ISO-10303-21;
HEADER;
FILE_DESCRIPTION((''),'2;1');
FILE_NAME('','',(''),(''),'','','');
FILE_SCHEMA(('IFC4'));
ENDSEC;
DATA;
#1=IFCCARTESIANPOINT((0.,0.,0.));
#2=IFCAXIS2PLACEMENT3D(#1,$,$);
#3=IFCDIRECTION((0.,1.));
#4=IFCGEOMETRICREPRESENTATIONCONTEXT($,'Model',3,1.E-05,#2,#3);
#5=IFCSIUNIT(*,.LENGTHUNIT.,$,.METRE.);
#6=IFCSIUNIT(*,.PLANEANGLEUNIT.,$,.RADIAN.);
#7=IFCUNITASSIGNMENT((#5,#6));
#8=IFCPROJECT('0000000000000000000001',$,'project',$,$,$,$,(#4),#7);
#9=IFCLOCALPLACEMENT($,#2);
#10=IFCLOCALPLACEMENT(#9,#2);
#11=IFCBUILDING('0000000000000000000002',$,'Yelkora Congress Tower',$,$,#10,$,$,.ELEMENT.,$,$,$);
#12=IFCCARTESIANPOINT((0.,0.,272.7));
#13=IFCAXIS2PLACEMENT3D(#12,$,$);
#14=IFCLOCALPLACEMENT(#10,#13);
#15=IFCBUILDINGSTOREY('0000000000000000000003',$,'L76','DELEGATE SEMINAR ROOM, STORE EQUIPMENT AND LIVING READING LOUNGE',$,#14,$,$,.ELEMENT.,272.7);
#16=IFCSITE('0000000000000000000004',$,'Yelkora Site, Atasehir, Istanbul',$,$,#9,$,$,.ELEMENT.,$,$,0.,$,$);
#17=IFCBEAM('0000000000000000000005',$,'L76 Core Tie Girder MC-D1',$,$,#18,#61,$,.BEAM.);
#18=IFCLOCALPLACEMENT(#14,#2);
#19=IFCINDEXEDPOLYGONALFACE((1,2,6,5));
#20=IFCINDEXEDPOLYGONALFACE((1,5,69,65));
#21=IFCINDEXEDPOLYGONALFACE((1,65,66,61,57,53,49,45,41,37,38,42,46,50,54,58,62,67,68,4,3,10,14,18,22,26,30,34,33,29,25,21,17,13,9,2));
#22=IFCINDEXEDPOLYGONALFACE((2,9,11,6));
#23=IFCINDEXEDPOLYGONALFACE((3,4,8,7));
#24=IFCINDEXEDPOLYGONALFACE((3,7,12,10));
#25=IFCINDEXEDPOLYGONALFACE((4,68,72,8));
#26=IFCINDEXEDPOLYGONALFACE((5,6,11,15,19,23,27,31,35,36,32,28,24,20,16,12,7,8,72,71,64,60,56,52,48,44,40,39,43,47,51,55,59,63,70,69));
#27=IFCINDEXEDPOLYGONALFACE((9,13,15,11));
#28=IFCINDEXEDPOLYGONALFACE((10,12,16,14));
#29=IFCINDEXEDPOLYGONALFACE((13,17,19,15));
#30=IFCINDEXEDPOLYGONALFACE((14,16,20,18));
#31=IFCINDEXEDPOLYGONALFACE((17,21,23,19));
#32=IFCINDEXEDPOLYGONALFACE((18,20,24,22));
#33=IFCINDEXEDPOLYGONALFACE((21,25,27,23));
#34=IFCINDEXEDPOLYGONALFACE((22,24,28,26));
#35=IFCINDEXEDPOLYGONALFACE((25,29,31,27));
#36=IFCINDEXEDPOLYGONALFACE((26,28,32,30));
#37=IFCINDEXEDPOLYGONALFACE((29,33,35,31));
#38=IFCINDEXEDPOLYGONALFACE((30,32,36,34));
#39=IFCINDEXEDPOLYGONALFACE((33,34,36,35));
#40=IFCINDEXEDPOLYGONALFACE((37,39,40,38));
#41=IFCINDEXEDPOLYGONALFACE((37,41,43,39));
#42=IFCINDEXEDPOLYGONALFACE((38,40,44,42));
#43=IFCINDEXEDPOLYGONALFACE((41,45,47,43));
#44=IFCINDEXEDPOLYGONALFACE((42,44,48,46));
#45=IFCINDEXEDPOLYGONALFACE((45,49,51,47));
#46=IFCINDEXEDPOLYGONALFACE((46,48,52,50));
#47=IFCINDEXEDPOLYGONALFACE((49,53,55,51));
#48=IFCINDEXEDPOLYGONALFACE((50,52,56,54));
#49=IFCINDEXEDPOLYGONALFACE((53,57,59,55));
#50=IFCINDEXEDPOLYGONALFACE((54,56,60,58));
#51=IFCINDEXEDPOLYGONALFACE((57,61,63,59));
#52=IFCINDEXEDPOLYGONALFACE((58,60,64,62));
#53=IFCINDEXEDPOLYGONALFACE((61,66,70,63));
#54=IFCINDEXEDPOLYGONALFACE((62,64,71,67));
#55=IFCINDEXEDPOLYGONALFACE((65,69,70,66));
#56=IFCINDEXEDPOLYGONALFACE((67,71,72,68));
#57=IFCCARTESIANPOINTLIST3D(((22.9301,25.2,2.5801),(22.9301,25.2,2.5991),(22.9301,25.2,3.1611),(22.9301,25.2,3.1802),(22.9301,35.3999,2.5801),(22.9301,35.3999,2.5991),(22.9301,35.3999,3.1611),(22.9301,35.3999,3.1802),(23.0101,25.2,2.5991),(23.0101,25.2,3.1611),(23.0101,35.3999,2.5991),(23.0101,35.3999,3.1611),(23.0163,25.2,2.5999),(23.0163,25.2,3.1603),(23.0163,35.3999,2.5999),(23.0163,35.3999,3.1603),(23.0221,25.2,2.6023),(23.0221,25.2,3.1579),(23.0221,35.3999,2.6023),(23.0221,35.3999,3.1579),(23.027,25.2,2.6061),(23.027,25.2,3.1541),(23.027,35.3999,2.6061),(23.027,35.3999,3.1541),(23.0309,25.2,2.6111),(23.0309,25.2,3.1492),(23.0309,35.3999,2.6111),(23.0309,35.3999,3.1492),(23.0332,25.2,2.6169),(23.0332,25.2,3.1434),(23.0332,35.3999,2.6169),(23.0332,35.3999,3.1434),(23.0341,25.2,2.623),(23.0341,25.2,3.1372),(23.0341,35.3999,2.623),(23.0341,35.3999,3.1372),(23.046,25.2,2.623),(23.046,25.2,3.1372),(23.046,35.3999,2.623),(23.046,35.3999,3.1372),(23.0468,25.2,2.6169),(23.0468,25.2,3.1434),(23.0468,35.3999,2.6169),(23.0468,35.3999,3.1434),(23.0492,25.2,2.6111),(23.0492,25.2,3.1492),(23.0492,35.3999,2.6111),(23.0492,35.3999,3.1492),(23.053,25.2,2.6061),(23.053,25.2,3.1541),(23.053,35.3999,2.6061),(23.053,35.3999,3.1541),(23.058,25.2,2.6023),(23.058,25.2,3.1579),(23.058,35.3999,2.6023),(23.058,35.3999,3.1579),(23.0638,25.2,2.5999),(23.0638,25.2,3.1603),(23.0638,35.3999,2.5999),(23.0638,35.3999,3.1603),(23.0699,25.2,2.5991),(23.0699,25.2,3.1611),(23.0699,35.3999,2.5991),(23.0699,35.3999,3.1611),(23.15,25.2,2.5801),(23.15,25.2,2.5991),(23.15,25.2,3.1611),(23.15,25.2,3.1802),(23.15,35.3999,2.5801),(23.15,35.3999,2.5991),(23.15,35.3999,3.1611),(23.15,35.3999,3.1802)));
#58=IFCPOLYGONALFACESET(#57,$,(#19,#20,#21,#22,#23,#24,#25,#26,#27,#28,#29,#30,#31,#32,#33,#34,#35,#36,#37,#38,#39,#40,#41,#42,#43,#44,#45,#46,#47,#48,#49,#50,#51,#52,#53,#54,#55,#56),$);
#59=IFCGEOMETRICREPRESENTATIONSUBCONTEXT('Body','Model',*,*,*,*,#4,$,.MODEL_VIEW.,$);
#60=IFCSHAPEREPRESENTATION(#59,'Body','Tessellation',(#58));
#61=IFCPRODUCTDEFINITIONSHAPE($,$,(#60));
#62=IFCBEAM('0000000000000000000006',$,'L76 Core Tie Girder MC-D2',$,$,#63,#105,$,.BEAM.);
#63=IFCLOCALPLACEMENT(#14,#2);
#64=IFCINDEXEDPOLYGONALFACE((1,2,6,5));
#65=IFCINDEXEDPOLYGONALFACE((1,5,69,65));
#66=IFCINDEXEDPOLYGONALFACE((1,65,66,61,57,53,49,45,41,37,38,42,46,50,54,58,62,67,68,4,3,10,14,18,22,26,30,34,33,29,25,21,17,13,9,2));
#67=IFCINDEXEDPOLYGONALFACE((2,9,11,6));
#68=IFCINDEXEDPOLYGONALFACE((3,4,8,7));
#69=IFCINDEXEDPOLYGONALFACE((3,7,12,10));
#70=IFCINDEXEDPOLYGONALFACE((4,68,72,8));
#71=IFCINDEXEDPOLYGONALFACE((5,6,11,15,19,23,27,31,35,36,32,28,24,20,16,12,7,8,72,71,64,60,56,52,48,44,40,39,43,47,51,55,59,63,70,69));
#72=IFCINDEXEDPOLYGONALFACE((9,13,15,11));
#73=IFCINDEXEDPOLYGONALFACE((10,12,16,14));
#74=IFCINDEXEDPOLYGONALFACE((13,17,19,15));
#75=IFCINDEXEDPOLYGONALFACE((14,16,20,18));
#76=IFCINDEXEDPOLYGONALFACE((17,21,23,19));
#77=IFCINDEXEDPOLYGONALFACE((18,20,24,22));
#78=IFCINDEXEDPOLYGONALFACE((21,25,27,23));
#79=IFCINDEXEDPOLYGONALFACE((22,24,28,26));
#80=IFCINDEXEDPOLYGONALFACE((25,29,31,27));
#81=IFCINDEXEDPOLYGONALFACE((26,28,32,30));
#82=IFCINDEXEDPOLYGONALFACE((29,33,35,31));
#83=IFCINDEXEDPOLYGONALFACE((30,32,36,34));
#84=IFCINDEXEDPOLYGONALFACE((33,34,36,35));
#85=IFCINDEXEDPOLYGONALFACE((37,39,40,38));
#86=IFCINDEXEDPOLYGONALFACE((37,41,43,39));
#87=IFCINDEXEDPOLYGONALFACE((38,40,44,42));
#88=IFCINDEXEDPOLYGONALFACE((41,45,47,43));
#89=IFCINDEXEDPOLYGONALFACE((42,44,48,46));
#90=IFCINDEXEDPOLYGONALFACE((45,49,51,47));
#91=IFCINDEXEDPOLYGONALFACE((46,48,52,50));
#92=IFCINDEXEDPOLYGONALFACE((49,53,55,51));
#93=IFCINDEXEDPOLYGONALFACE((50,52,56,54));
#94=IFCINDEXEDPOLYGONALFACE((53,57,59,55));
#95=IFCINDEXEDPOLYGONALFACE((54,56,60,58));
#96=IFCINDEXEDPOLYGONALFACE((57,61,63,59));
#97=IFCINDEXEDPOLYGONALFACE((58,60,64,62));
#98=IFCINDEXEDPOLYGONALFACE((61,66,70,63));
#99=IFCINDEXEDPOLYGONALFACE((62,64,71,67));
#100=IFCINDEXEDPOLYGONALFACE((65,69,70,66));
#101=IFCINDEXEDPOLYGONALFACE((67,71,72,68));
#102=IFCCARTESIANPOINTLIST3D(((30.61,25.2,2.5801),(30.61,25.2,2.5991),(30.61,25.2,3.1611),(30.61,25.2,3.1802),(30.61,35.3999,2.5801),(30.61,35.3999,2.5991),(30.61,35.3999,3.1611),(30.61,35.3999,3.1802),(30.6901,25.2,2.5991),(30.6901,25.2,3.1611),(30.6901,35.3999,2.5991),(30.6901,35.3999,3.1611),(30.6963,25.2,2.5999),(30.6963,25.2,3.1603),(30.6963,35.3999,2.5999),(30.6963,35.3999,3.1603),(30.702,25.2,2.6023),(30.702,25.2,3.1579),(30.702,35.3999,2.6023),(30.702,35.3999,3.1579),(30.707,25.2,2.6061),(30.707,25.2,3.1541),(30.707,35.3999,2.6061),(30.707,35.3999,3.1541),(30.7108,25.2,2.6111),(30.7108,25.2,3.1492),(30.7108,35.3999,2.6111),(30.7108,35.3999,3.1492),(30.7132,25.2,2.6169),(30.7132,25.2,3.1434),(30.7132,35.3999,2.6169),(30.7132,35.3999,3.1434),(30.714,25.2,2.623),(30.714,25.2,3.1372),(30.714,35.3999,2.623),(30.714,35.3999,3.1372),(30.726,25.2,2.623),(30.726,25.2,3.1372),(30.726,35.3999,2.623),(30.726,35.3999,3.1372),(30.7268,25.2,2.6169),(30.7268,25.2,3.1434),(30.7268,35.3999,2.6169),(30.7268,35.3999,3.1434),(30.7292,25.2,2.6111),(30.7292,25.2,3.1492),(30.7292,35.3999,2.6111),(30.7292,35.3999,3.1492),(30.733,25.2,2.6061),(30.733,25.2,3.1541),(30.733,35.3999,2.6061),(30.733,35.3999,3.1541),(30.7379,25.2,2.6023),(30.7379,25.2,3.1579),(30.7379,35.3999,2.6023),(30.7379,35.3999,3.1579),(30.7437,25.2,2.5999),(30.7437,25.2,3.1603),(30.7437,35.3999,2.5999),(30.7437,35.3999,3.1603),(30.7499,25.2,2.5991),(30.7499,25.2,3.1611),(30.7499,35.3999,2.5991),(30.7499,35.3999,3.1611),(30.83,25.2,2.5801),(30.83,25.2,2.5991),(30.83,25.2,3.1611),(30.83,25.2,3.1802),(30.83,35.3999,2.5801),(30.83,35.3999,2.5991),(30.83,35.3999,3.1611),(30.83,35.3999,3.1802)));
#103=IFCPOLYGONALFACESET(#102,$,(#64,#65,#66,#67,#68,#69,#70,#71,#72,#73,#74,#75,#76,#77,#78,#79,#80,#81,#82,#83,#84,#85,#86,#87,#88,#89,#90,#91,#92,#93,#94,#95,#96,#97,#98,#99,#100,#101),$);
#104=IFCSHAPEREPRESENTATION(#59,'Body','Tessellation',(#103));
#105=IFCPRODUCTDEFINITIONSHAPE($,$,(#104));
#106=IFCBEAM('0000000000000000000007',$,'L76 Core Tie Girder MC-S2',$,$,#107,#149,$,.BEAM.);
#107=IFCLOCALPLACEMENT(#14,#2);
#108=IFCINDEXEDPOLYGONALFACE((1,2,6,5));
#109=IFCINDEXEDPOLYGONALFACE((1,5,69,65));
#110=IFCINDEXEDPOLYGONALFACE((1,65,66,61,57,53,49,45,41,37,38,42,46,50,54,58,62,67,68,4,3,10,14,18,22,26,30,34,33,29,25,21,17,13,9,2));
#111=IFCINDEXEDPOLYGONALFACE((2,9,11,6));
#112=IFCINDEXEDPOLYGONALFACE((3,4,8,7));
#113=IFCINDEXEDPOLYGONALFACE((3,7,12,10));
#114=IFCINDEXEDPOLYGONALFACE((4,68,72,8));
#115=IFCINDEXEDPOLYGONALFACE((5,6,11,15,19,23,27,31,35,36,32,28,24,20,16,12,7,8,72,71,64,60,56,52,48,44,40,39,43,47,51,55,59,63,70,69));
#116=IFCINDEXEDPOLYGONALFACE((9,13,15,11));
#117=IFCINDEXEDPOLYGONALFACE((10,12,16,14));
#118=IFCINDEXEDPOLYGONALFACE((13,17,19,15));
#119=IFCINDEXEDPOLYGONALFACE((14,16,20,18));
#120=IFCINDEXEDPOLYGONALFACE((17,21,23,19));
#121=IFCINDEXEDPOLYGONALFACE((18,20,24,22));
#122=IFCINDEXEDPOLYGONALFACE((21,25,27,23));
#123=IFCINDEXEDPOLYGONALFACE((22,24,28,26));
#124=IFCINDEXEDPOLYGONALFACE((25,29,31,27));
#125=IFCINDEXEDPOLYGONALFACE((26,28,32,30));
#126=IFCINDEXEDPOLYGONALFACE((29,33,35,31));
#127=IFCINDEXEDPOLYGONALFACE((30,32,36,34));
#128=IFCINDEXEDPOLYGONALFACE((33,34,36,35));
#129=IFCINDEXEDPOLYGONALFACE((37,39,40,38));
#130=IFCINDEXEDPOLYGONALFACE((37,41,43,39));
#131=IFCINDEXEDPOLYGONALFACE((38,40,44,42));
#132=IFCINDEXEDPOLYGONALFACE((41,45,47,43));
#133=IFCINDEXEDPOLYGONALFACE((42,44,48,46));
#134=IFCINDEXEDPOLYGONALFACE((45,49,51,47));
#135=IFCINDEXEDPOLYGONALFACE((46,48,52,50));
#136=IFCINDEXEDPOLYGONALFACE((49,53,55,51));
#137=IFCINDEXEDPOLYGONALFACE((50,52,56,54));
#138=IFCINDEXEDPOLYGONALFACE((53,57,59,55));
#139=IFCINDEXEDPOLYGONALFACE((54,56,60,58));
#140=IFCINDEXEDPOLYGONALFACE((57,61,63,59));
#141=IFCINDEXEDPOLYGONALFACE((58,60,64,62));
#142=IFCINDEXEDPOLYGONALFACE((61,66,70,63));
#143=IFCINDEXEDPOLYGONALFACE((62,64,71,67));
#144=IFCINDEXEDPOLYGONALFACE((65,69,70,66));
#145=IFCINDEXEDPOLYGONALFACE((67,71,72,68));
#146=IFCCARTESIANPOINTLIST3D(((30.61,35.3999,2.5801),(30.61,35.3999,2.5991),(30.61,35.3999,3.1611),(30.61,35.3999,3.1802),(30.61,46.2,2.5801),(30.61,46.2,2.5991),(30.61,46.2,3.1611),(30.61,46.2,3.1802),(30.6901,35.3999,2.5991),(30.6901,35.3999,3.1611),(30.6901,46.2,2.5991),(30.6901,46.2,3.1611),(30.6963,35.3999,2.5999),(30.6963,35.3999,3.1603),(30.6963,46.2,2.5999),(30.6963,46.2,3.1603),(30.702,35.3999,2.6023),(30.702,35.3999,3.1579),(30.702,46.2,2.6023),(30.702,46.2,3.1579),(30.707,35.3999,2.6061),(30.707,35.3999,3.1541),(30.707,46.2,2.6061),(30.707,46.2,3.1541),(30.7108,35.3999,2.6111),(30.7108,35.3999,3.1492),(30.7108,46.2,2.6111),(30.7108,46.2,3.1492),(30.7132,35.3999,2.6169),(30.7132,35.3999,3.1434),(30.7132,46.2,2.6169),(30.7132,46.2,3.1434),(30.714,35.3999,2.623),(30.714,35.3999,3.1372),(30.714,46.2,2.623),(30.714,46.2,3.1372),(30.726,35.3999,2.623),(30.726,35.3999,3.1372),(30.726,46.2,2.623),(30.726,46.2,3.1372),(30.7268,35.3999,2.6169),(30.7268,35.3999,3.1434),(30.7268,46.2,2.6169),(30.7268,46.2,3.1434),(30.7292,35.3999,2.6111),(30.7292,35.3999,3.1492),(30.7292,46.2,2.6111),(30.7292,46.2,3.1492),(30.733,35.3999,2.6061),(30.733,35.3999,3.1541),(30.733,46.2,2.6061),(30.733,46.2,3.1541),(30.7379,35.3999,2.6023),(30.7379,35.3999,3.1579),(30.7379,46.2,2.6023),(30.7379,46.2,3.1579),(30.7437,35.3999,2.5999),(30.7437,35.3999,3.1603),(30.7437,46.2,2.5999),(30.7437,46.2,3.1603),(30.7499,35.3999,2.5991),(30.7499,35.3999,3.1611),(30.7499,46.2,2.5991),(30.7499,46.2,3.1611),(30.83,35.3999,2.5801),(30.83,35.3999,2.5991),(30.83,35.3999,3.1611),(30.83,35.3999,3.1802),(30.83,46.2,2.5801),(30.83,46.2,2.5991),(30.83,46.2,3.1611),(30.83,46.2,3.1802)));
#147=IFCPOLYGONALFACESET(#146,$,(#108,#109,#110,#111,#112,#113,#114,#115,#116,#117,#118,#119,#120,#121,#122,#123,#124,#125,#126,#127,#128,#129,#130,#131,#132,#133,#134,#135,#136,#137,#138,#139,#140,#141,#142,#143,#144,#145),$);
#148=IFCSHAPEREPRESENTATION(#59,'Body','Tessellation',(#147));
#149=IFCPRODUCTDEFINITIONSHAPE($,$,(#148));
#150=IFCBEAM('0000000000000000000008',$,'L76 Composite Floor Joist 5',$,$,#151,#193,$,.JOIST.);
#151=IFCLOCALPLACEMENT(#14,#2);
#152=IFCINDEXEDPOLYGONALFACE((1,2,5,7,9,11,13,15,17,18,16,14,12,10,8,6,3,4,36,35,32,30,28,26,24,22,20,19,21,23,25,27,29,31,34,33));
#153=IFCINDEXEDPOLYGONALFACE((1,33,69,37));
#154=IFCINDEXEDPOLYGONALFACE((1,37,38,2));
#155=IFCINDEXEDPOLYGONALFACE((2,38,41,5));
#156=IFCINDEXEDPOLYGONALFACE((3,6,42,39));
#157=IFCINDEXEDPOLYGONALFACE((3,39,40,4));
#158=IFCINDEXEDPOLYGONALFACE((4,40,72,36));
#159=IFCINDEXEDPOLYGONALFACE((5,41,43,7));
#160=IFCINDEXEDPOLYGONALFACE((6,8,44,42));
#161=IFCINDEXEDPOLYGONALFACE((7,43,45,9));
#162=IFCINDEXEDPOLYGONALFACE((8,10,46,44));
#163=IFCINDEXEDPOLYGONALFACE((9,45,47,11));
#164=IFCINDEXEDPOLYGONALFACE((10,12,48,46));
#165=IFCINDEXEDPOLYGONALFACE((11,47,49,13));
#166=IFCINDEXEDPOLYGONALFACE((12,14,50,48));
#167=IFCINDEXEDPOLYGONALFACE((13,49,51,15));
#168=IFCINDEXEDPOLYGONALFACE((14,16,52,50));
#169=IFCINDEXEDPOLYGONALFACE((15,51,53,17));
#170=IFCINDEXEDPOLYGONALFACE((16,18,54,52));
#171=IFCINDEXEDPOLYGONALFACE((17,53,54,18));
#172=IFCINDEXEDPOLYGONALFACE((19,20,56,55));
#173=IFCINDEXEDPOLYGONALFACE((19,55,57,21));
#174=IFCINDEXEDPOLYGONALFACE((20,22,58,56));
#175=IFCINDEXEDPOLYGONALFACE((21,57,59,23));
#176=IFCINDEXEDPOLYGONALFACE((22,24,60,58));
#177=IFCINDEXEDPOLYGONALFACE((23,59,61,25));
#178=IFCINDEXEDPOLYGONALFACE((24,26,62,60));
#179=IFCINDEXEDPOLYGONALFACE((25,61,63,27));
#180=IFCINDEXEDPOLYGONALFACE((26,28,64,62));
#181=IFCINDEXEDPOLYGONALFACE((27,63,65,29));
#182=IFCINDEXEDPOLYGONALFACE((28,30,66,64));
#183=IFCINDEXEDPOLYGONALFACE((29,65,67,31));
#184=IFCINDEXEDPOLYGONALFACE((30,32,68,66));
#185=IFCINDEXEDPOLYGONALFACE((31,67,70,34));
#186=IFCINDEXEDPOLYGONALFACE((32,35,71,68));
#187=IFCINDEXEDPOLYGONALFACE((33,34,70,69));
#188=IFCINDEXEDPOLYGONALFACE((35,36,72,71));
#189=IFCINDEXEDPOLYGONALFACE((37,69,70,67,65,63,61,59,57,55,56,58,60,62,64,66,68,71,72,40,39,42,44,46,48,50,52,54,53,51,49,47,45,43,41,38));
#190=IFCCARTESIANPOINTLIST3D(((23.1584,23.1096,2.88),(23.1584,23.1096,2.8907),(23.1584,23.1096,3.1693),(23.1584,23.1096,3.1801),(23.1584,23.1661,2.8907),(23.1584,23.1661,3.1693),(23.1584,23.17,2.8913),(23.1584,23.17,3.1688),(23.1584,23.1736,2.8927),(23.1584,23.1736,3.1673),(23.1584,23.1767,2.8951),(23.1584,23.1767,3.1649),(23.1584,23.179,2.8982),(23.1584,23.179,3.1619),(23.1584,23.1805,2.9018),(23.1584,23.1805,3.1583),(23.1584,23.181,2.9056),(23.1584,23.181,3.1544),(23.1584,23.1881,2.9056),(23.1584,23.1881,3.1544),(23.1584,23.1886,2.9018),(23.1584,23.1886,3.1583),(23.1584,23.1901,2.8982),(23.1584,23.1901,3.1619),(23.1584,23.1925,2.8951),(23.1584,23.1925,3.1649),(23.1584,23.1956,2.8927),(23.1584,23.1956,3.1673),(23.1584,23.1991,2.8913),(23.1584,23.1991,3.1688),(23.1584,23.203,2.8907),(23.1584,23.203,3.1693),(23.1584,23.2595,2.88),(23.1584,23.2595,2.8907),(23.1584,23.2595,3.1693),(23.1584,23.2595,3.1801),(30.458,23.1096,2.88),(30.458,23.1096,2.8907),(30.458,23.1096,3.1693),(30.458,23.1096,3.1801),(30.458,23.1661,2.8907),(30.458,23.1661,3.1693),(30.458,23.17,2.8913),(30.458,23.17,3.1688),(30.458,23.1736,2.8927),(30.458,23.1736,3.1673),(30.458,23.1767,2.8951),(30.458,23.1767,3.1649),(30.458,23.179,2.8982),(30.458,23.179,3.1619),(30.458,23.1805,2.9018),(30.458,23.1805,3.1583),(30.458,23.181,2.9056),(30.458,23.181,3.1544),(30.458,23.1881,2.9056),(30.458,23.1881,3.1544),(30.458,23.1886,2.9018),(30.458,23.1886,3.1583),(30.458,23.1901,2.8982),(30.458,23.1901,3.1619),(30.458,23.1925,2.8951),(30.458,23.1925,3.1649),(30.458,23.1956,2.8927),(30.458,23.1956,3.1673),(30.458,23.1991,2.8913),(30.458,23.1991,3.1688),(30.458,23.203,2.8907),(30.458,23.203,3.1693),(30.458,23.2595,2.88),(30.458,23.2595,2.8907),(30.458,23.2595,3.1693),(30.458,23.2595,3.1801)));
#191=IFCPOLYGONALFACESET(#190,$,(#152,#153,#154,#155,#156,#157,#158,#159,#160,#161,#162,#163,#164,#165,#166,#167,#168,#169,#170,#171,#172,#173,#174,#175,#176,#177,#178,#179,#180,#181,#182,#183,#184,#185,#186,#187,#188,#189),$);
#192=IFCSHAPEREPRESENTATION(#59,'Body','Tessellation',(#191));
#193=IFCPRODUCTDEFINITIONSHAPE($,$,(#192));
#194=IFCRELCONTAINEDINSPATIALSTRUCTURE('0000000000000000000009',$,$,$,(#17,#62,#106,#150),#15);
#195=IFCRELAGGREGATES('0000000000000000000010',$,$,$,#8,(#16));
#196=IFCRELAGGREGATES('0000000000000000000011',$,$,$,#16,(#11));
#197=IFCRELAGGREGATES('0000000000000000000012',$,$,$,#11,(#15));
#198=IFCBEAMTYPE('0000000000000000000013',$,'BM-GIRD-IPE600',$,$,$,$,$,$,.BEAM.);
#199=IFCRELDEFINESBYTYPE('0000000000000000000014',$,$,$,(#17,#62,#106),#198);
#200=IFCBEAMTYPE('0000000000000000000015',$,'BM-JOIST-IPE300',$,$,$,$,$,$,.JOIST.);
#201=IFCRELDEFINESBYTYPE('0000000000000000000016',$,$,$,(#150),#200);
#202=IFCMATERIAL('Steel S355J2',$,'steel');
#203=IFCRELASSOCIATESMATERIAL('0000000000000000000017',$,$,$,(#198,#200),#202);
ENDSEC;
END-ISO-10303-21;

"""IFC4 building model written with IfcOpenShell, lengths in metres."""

from ifc_helpers import new_model, si_unit, direction, frame, origin, origin_2d, place, context, subcontext, project, spatial, i_section, extrude, material, material_profile, profile_set, type_object, element, save


model = new_model("IFC4")

# Units and contexts
model_context = context("Model", 3, precision=1e-05, world=origin(), true_north=direction((0.0, 1.0)))
body_context = subcontext(model_context, "Body", "Model", "MODEL_VIEW")
ifc_project = project(units=[si_unit("LENGTHUNIT", "METRE"), si_unit("PLANEANGLEUNIT", "RADIAN")], contexts=[model_context])

# Site, building, storey
site_placement = place(None, origin())
site = spatial("IfcSite", under=ifc_project, at=site_placement, Name="Yelkora Site, Atasehir, Istanbul", CompositionType="ELEMENT", RefElevation=0.0)
building_placement = place(site_placement, origin())
building = spatial("IfcBuilding", under=site, at=building_placement, Name="Yelkora Congress Tower", CompositionType="ELEMENT")
storey_placement = place(building_placement, frame((0.0, 0.0, 272.7)))
storey = spatial("IfcBuildingStorey", under=building, at=storey_placement, Name="L76", Description="DELEGATE SEMINAR ROOM, STORE EQUIPMENT AND LIVING READING LOUNGE", CompositionType="ELEMENT", Elevation=272.7)

# Beams
ifc_material_1 = material(Name="Steel S355J2", Category="steel")
ifc_material_profile_1 = material_profile(ifc_material_1, i_section(OverallWidth=0.22, OverallDepth=0.6001, WebThickness=0.012, FlangeThickness=0.019, FilletRadius=0.0239, at=origin_2d()), Name="IPE 600")
ifc_profile_set_1 = profile_set([ifc_material_profile_1], Name="Steel S355J2")
beam_type_1 = type_object("IfcBeamType", Name="BM-GIRD-IPE600", PredefinedType="BEAM", material=ifc_profile_set_1)
for number, where, z_axis, x_axis, name in (
    (1, (23.04, 25.2, 2.8801), (0.0, 1.0, 0.0), (-1.0, 0.0, 0.0), "L76 Core Tie Girder MC-D1"),
    (2, (30.72, 25.2, 2.8801), (0.0, 1.0, 0.0), (-1.0, 0.0, 0.0), "L76 Core Tie Girder MC-D2"),
):
    element("IfcBeam", number, at=place(storey_placement, frame(where, z_axis=z_axis, x_axis=x_axis)), inside=storey, type_object=beam_type_1, Name=name, PredefinedType="BEAM", context=body_context, shape_type="SweptSolid", body=[
        extrude(i_section(OverallWidth=0.22, OverallDepth=0.6001, WebThickness=0.012, FlangeThickness=0.019, FilletRadius=0.0239, at=origin_2d()), origin(), (0.0, 0.0, 1.0), 10.2),
    ])
beam_1_placement = place(storey_placement, frame((30.72, 35.3999, 2.8801), z_axis=(0.0, 1.0, 0.0), x_axis=(-1.0, 0.0, 0.0)))
element("IfcBeam", 3, at=beam_1_placement, inside=storey, type_object=beam_type_1, Name="L76 Core Tie Girder MC-S2", PredefinedType="BEAM", context=body_context, shape_type="SweptSolid", body=[
    extrude(i_section(OverallWidth=0.22, OverallDepth=0.6001, WebThickness=0.012, FlangeThickness=0.019, FilletRadius=0.0239, at=origin_2d()), origin(), (0.0, 0.0, 1.0), 10.8),
])
ifc_material_profile_2 = material_profile(ifc_material_1, i_section(OverallWidth=0.1499, OverallDepth=0.3, WebThickness=0.0071, FlangeThickness=0.0107, FilletRadius=0.0149, at=origin_2d()), Name="IPE 300")
ifc_profile_set_2 = profile_set([ifc_material_profile_2], Name="Steel S355J2")
beam_type_2 = type_object("IfcBeamType", Name="BM-JOIST-IPE300", PredefinedType="JOIST", material=ifc_profile_set_2)
beam_2_placement = place(storey_placement, frame((23.1584, 23.1846, 3.03), z_axis=(1.0, 0.0, 0.0), x_axis=(0.0, 1.0, 0.0)))
element("IfcBeam", 4, at=beam_2_placement, inside=storey, type_object=beam_type_2, Name="L76 Composite Floor Joist 5", PredefinedType="JOIST", context=body_context, shape_type="SweptSolid", body=[
    extrude(i_section(OverallWidth=0.1499, OverallDepth=0.3, WebThickness=0.0071, FlangeThickness=0.0107, FilletRadius=0.0149, at=origin_2d()), origin(), (0.0, 0.0, 1.0), 7.2996),
])

save(model, "model.ifc")
